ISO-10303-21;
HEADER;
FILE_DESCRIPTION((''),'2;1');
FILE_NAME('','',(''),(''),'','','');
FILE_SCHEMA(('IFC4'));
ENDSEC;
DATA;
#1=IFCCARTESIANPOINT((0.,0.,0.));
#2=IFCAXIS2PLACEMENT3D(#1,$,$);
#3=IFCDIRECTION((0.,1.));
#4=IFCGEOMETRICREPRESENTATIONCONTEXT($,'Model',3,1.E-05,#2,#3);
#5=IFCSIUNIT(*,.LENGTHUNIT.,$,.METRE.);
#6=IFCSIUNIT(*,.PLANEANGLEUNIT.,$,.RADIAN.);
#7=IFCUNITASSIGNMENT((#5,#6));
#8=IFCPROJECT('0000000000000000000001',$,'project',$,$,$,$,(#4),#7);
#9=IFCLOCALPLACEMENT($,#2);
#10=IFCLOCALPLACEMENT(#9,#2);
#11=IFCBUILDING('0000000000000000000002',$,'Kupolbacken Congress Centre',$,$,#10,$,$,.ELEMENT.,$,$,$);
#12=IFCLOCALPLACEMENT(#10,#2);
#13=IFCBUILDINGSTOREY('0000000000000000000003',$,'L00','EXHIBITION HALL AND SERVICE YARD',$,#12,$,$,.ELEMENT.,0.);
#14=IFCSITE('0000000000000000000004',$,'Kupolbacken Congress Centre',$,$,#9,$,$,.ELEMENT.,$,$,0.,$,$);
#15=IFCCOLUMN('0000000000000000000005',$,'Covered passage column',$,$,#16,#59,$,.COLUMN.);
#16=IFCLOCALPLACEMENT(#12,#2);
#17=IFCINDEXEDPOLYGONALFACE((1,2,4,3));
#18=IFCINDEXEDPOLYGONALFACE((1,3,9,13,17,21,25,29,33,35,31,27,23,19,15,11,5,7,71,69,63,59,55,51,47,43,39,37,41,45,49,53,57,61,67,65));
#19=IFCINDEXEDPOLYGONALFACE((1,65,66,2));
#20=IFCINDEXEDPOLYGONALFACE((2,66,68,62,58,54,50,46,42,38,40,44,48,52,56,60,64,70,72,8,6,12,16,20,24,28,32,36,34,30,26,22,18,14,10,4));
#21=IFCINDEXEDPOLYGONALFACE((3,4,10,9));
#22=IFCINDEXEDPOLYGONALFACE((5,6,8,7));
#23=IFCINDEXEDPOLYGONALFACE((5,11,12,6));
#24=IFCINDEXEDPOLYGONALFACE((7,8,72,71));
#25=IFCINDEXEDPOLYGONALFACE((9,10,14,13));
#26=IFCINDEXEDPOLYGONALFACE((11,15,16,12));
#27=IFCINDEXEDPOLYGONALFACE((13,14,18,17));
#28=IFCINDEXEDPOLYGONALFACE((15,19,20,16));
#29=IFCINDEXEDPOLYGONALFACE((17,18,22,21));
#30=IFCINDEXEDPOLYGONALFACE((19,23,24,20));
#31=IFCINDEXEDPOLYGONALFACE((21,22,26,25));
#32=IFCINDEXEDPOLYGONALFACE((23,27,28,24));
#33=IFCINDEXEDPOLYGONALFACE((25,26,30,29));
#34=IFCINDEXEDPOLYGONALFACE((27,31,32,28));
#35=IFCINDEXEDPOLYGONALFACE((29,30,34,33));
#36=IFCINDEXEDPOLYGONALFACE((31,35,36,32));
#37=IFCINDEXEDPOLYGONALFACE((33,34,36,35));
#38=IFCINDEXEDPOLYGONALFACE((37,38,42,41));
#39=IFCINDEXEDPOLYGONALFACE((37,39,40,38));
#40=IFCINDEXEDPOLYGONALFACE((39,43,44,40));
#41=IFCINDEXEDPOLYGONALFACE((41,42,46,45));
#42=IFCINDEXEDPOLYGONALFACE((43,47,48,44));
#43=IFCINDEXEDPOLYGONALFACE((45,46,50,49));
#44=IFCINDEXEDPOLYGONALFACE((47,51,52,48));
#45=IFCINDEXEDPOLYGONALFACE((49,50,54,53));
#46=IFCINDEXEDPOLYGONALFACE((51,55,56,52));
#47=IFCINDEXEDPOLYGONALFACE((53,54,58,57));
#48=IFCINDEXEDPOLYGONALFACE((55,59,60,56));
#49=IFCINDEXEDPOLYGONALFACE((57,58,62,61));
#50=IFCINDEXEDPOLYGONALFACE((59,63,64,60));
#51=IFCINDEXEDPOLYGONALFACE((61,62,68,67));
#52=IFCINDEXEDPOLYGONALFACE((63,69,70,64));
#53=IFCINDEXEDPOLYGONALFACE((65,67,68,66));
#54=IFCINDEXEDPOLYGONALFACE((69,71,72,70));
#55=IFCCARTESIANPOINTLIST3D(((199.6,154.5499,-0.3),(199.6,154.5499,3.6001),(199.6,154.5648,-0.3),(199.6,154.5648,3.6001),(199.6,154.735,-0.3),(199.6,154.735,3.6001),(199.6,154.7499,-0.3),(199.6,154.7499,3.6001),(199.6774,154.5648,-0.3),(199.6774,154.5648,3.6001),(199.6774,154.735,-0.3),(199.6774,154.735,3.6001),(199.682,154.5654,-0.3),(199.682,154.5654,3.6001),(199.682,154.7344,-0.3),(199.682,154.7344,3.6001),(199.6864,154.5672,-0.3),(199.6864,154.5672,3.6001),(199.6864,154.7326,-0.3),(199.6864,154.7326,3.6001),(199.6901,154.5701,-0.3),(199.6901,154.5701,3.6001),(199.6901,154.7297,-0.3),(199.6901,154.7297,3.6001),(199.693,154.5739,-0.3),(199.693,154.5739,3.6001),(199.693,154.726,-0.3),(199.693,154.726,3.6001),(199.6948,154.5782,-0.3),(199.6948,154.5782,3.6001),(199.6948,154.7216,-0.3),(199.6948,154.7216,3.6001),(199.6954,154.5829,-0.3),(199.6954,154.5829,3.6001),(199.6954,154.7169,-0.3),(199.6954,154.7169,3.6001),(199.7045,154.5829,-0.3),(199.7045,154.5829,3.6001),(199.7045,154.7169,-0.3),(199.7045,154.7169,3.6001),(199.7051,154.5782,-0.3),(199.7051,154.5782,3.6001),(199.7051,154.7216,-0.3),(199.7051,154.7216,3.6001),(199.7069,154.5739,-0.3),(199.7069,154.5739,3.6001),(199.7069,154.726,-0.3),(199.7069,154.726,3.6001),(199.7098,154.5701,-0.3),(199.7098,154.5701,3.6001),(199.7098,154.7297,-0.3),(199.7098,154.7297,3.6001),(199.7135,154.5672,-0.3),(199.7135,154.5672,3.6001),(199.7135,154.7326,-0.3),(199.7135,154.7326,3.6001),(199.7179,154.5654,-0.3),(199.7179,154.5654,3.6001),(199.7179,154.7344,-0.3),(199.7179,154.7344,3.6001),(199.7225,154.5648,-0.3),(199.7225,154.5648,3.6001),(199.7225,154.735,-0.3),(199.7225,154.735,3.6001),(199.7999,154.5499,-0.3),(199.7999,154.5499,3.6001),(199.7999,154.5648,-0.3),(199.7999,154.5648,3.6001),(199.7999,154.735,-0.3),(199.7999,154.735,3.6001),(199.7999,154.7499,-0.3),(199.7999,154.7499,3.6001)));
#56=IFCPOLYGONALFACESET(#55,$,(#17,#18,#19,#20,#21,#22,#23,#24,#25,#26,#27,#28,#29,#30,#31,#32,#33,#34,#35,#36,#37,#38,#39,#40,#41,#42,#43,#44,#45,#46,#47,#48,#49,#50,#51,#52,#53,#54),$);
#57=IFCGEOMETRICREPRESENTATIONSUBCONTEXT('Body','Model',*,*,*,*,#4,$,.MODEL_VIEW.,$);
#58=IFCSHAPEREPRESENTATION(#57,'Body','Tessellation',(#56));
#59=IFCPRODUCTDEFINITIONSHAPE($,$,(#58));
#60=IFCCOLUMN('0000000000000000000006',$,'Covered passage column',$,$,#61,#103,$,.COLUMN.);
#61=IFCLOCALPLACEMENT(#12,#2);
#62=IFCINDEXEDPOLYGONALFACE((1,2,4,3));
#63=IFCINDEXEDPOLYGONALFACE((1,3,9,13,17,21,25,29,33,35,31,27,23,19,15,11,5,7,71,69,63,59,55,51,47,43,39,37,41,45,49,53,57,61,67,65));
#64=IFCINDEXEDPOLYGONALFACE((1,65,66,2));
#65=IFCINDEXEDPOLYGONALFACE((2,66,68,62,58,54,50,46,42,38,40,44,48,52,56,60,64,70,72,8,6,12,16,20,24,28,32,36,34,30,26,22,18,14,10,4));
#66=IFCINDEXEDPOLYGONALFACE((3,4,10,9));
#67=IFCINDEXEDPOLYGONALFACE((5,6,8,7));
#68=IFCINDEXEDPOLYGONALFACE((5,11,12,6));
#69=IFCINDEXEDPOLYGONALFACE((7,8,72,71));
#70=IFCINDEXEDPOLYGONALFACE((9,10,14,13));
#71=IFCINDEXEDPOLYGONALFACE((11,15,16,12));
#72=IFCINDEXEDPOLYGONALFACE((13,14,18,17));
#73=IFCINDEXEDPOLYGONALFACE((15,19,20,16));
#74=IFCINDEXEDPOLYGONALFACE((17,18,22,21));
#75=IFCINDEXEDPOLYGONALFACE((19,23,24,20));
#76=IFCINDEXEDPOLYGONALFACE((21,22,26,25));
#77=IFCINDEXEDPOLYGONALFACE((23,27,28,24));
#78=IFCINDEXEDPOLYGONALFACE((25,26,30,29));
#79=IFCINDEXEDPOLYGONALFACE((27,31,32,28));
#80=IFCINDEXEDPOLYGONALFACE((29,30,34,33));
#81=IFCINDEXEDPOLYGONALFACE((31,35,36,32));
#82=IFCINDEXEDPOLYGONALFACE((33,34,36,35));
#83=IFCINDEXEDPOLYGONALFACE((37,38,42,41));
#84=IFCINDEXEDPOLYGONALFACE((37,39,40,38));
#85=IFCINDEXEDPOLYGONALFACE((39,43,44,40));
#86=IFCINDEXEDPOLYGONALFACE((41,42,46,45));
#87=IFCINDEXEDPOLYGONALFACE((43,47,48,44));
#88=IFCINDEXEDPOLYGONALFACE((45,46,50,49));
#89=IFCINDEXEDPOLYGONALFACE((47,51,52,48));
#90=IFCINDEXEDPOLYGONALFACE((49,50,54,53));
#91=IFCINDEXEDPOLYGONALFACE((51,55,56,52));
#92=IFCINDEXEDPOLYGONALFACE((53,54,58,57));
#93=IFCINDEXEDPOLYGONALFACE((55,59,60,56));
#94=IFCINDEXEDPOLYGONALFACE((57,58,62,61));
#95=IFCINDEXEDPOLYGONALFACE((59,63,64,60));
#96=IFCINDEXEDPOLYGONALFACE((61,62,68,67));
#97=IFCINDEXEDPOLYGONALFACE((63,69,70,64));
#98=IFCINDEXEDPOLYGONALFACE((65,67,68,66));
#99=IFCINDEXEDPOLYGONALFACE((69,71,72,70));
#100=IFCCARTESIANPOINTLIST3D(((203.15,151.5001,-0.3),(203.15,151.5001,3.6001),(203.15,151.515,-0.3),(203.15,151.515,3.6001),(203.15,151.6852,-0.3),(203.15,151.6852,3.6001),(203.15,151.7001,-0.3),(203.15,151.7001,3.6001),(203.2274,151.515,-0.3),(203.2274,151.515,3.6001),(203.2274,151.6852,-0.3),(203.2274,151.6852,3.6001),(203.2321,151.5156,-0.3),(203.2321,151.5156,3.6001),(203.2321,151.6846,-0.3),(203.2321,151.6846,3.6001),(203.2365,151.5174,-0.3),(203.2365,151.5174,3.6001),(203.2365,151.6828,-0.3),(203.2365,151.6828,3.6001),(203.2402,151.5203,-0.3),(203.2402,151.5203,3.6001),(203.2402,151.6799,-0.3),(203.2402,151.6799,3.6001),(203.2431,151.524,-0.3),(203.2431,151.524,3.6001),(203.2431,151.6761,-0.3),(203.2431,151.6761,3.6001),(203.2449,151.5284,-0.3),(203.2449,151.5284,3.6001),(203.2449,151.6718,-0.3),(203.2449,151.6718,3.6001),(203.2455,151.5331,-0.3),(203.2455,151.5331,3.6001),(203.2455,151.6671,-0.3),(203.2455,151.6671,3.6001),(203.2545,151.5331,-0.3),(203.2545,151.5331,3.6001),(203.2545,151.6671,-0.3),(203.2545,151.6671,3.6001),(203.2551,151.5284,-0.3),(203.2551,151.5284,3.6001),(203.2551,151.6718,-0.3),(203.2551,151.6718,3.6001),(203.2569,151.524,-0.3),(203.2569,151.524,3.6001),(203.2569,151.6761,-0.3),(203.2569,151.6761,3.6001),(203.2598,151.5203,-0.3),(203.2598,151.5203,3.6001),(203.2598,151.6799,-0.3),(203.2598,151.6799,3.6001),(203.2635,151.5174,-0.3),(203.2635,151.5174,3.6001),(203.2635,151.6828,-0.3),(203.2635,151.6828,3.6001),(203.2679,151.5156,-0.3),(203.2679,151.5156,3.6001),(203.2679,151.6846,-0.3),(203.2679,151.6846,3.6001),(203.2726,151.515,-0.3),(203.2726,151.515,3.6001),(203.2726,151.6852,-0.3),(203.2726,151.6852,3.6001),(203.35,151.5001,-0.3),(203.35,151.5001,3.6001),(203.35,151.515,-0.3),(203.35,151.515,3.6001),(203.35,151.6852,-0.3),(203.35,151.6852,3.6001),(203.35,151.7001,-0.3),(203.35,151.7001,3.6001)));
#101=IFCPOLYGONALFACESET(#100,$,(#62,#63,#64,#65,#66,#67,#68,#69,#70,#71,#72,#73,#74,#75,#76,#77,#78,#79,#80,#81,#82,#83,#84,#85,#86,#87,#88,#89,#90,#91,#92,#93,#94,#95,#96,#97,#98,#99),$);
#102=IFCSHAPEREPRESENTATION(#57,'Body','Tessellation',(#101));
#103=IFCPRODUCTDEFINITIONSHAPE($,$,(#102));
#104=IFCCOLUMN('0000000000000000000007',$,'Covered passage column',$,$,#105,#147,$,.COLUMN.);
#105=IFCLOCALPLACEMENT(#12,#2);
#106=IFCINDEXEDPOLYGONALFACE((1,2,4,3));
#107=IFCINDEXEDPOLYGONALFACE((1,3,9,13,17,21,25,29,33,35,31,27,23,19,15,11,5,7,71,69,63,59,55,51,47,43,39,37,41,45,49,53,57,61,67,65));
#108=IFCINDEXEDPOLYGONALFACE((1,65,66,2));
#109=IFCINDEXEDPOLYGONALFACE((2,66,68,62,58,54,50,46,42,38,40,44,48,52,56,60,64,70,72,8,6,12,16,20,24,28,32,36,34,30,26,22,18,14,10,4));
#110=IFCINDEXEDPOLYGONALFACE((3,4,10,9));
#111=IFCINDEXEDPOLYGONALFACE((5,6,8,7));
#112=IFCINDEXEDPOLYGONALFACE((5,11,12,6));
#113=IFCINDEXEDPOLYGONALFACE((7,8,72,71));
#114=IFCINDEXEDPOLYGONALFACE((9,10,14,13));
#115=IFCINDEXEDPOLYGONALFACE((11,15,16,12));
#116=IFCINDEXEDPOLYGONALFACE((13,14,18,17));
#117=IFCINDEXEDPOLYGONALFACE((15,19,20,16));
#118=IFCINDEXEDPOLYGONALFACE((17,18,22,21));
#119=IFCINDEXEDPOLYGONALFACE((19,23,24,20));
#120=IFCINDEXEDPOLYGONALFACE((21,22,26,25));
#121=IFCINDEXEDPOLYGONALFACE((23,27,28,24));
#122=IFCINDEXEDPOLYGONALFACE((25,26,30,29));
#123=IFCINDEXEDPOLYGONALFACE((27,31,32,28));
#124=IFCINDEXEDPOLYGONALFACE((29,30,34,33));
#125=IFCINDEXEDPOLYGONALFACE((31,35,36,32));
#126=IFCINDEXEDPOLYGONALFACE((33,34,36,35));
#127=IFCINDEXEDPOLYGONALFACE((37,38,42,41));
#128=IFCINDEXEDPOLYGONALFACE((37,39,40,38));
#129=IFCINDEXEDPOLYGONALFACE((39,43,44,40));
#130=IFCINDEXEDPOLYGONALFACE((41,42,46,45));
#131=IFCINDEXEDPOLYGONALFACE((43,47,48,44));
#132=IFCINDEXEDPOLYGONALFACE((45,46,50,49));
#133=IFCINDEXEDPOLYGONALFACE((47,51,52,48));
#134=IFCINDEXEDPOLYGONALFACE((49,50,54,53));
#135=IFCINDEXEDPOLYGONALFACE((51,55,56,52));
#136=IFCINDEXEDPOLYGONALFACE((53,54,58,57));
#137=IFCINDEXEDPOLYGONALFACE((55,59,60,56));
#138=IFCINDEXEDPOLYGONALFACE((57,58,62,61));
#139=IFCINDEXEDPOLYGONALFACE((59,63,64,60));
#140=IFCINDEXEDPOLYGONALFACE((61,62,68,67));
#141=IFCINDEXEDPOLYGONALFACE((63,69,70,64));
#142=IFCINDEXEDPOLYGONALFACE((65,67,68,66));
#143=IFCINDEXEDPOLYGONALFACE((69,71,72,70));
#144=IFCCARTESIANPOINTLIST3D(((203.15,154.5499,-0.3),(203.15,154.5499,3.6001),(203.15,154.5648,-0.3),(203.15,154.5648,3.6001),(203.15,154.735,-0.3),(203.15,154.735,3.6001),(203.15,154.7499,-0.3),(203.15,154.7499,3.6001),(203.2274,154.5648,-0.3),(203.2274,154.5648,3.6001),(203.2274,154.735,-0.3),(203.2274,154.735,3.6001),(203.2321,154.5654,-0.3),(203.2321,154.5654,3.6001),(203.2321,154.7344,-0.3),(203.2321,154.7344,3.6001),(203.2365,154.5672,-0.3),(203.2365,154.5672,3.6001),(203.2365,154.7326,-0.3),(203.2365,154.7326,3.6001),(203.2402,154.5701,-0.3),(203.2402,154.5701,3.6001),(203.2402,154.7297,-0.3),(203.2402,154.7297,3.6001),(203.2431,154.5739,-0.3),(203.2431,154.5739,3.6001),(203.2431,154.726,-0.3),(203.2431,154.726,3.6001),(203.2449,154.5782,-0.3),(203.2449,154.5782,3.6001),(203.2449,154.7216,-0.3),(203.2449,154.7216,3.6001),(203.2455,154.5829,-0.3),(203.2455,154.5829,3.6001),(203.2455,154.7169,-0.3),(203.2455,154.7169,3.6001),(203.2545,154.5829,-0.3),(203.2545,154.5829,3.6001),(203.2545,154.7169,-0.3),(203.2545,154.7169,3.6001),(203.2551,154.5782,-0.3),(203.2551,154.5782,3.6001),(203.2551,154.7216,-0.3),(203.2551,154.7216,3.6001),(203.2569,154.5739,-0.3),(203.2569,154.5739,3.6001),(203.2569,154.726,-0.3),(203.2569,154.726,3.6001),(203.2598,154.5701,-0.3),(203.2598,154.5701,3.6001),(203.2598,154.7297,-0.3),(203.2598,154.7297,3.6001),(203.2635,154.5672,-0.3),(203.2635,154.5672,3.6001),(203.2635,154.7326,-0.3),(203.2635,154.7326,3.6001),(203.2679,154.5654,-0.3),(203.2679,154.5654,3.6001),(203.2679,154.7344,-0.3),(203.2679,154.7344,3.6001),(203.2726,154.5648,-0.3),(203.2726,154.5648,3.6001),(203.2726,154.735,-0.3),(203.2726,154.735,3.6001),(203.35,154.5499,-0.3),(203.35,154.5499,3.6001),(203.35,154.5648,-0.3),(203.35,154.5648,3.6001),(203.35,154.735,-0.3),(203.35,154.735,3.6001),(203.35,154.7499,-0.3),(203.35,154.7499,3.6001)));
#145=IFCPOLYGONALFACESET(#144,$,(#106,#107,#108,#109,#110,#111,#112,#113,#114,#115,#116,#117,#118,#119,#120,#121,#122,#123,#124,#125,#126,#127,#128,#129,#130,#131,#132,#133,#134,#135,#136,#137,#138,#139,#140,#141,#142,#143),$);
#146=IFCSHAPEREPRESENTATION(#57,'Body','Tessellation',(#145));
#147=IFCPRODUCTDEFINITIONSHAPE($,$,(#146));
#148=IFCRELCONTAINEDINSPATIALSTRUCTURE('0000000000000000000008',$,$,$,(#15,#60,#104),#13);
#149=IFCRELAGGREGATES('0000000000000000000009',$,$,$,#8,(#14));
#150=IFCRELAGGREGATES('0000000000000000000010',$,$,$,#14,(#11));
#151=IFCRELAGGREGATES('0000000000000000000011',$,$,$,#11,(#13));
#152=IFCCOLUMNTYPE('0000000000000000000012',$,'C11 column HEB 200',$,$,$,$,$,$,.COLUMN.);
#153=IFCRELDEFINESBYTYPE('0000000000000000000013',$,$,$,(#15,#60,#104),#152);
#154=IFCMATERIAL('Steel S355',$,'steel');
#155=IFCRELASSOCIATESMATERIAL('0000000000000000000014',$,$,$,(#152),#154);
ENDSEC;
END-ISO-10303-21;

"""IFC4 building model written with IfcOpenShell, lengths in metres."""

from ifc_helpers import new_model, si_unit, direction, frame, origin, origin_2d, place, context, subcontext, project, spatial, i_section, extrude, material, material_profile, profile_set, type_object, element, save


model = new_model("IFC4")

# Units and contexts
model_context = context("Model", 3, precision=1e-05, world=origin(), true_north=direction((0.0, 1.0)))
body_context = subcontext(model_context, "Body", "Model", "MODEL_VIEW")
ifc_project = project(units=[si_unit("LENGTHUNIT", "METRE"), si_unit("PLANEANGLEUNIT", "RADIAN")], contexts=[model_context])

# Site, building, storey
site_placement = place(None, origin())
site = spatial("IfcSite", under=ifc_project, at=site_placement, Name="Kupolbacken Congress Centre", CompositionType="ELEMENT", RefElevation=0.0)
building_placement = place(site_placement, origin())
building = spatial("IfcBuilding", under=site, at=building_placement, Name="Kupolbacken Congress Centre", CompositionType="ELEMENT")
storey_placement = place(building_placement, origin())
storey = spatial("IfcBuildingStorey", under=building, at=storey_placement, Name="L00", Description="EXHIBITION HALL AND SERVICE YARD", CompositionType="ELEMENT", Elevation=0.0)

# Columns
ifc_material_1 = material(Name="Steel S355", Category="steel")
ifc_material_profile_1 = material_profile(ifc_material_1, i_section(OverallWidth=0.2, OverallDepth=0.2, WebThickness=0.009, FlangeThickness=0.0149, FilletRadius=0.0181, at=origin_2d()), Name="HEB 200")
ifc_profile_set_1 = profile_set([ifc_material_profile_1], Name="Steel S355")
column_type_1 = type_object("IfcColumnType", Name="C11 column HEB 200", PredefinedType="COLUMN", material=ifc_profile_set_1)
for number, where, z_axis, x_axis, name in (
    (1, (199.7, 154.6499, -0.3), (0.0, 0.0, 1.0), (1.0, 0.0, 0.0), "Covered passage column"),
    (2, (203.25, 151.6001, -0.3), (0.0, 0.0, 1.0), (1.0, 0.0, 0.0), "Covered passage column"),
    (3, (203.25, 154.6499, -0.3), (0.0, 0.0, 1.0), (1.0, 0.0, 0.0), "Covered passage column"),
):
    element("IfcColumn", number, at=place(storey_placement, frame(where, z_axis=z_axis, x_axis=x_axis)), inside=storey, type_object=column_type_1, Name=name, PredefinedType="COLUMN", context=body_context, shape_type="SweptSolid", body=[
        extrude(i_section(OverallWidth=0.2, OverallDepth=0.2, WebThickness=0.009, FlangeThickness=0.0149, FilletRadius=0.0181, at=origin_2d()), origin(), (0.0, 0.0, 1.0), 3.9001),
    ])

save(model, "model.ifc")
